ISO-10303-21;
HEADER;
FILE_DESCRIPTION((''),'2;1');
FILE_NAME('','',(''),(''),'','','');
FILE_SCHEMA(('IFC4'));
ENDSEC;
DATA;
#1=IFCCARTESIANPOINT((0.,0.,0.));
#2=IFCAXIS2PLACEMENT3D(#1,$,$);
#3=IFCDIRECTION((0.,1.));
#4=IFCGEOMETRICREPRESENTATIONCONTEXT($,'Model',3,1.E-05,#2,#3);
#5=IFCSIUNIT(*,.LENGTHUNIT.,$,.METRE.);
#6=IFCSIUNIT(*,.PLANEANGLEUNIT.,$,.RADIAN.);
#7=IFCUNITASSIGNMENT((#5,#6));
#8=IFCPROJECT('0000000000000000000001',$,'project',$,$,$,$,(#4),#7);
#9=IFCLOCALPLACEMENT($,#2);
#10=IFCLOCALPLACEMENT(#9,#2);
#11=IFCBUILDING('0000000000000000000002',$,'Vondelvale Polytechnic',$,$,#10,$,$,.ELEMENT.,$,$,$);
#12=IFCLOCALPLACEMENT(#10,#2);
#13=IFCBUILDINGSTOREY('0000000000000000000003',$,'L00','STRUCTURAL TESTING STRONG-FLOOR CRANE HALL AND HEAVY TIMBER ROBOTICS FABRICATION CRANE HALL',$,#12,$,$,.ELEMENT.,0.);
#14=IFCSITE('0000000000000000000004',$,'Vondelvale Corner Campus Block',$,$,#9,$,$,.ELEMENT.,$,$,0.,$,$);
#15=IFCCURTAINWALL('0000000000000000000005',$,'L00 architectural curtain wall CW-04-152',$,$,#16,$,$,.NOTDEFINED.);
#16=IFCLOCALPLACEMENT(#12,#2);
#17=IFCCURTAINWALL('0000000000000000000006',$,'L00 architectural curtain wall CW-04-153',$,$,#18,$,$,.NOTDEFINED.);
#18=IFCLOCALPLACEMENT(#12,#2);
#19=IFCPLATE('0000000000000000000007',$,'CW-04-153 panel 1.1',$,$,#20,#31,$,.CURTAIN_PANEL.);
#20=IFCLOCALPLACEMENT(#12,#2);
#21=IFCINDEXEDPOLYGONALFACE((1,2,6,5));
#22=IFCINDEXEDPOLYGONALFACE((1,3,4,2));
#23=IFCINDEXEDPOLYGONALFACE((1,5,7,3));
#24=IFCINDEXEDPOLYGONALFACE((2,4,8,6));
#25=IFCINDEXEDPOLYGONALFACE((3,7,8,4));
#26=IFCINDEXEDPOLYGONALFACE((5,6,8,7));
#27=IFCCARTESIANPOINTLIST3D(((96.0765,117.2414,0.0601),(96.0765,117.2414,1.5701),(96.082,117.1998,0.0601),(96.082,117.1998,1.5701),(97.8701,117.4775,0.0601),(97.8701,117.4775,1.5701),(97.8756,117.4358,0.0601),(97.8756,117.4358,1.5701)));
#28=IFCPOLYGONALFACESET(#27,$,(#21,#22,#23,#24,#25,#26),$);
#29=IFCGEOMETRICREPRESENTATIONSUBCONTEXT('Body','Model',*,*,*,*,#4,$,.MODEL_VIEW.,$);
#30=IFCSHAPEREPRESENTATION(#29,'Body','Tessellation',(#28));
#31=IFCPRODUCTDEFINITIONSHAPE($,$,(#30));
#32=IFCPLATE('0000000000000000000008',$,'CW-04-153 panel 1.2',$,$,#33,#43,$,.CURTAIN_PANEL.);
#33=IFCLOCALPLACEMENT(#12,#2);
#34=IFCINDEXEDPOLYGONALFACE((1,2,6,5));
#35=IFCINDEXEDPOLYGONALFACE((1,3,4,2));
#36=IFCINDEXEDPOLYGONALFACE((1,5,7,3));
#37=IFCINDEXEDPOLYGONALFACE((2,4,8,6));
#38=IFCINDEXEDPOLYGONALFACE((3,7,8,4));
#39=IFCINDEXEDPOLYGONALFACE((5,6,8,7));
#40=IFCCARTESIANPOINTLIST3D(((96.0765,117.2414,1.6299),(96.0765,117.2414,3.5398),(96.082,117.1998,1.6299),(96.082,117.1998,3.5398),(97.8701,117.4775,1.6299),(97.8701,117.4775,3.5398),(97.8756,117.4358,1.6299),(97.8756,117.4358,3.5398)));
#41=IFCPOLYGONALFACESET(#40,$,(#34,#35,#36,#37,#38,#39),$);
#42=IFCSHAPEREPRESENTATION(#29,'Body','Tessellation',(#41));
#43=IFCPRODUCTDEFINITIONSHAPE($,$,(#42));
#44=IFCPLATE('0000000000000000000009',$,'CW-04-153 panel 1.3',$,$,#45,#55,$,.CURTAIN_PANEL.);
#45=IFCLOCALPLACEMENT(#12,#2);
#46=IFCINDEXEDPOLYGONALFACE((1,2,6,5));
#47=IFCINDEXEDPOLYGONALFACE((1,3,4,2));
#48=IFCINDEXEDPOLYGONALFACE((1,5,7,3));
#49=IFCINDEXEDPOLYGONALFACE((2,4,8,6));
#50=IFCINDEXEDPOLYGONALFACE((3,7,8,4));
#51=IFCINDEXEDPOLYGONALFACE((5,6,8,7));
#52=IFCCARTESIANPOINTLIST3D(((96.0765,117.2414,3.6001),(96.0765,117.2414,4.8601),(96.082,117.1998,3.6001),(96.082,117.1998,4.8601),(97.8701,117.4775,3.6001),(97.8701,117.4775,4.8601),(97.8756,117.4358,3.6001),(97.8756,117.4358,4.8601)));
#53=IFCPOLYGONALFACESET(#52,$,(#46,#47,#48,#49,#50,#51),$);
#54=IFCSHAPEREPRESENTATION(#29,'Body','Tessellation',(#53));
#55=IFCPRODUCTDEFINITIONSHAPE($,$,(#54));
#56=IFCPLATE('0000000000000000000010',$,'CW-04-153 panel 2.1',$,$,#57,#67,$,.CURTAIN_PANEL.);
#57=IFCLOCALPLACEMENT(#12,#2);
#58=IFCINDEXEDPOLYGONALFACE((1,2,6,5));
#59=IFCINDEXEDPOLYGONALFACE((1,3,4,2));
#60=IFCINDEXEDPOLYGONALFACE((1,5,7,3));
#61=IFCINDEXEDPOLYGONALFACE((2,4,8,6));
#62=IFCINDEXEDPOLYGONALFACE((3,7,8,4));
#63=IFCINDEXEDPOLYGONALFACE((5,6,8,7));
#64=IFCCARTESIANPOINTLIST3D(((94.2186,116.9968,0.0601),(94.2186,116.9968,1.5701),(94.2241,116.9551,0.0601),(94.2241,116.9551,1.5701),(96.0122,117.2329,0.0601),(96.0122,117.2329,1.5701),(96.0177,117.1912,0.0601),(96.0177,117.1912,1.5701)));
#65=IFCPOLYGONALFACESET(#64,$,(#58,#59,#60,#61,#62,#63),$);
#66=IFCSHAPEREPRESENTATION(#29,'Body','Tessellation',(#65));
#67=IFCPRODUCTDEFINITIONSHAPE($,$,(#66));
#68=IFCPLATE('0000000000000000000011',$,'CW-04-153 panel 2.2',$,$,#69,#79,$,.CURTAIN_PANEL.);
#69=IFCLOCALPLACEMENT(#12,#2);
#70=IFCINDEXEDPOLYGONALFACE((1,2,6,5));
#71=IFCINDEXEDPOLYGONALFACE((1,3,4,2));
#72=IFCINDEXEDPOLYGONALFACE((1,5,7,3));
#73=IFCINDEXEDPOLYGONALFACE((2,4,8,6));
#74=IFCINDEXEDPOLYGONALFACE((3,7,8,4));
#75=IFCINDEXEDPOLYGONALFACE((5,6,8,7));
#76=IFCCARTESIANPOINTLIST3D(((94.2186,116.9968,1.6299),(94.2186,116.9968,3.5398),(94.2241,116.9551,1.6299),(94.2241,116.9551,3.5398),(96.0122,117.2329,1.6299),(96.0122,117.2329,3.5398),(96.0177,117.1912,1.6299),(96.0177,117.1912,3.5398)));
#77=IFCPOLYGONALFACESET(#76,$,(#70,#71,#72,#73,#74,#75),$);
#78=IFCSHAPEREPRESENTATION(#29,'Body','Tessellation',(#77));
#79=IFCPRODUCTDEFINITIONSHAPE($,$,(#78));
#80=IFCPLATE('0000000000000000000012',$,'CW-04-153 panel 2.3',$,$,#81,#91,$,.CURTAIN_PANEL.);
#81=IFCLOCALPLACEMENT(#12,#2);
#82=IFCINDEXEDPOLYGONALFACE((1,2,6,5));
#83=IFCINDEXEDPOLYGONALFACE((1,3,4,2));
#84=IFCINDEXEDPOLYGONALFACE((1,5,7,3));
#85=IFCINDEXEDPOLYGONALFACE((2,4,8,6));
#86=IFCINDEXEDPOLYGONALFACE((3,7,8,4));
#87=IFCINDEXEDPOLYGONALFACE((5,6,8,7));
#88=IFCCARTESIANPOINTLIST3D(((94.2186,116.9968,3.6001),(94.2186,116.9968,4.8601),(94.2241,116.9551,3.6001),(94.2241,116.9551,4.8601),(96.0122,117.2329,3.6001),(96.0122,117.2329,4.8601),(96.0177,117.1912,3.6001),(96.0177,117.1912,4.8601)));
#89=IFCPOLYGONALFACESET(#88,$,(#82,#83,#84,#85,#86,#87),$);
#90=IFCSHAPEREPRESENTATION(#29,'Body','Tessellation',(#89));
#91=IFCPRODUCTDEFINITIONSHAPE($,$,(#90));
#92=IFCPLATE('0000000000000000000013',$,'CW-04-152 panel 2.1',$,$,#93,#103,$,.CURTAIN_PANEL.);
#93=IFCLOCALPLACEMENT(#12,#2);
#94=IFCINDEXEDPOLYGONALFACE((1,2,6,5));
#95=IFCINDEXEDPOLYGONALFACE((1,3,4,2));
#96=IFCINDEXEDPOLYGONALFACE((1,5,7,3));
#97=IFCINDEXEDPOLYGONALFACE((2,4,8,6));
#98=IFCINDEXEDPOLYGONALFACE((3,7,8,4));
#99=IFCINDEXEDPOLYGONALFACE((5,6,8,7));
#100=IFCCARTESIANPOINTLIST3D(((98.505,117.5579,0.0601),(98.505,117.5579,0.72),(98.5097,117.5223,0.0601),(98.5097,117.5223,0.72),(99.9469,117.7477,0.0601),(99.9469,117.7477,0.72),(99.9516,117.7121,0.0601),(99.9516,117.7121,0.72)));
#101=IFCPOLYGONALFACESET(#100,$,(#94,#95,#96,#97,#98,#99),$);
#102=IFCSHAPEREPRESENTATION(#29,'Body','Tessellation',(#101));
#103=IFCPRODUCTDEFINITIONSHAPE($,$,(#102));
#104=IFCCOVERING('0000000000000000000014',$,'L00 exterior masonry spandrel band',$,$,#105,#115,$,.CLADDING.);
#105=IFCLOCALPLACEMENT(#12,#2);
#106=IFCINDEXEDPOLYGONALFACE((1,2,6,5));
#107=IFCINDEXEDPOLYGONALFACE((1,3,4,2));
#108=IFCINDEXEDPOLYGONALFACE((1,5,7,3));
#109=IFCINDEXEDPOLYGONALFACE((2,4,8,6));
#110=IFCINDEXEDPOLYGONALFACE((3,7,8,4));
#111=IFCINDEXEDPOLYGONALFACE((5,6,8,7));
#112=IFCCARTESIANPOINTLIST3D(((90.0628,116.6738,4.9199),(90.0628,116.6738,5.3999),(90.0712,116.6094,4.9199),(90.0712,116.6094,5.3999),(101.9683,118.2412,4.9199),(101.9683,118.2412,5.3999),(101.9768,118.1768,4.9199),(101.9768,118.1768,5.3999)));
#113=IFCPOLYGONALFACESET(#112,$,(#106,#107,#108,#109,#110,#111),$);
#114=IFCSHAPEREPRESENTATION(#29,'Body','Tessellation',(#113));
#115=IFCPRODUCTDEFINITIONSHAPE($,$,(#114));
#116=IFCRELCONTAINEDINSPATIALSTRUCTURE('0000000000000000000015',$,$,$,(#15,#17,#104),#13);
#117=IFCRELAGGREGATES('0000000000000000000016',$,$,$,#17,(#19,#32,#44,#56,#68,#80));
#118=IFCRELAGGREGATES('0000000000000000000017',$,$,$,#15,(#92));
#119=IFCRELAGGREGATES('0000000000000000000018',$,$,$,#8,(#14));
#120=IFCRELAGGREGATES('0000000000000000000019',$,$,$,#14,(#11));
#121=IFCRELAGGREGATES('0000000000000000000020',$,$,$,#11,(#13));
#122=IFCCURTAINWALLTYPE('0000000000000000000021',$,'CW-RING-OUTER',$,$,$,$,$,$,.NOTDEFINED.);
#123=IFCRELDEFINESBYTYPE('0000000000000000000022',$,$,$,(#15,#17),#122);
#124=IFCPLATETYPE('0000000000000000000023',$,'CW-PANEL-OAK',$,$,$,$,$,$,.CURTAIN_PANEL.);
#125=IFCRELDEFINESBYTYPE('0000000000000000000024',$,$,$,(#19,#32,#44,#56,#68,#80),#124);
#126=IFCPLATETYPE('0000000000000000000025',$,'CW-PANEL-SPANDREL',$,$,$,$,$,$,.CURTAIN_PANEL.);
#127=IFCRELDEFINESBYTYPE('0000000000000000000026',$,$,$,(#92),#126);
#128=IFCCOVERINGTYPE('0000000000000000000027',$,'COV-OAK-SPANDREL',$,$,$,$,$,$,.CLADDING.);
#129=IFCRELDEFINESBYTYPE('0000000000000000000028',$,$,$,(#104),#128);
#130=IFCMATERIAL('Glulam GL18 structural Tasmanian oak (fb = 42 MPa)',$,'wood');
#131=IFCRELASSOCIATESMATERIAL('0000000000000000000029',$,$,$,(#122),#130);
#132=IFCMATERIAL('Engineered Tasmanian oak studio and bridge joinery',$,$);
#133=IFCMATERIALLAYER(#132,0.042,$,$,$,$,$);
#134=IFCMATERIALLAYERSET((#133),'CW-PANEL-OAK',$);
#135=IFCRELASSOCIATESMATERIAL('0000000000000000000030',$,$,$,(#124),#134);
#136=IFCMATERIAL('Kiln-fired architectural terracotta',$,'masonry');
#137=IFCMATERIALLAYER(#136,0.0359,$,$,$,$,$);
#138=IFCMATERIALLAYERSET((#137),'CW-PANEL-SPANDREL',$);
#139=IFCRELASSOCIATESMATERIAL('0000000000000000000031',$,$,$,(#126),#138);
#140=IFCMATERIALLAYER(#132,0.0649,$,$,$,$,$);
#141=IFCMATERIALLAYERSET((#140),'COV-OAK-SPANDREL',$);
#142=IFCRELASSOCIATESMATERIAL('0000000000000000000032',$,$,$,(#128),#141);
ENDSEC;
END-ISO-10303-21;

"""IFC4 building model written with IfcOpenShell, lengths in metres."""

from ifc_helpers import new_model, si_unit, direction, frame, origin, origin_2d, place, context, subcontext, project, spatial, rectangle, extrude, material, layer, layer_set, type_object, element, aggregate, save


model = new_model("IFC4")

# Units and contexts
model_context = context("Model", 3, precision=1e-05, world=origin(), true_north=direction((0.0, 1.0)))
body_context = subcontext(model_context, "Body", "Model", "MODEL_VIEW")
ifc_project = project(units=[si_unit("LENGTHUNIT", "METRE"), si_unit("PLANEANGLEUNIT", "RADIAN")], contexts=[model_context])

# Site, building, storey
site_placement = place(None, origin())
site = spatial("IfcSite", under=ifc_project, at=site_placement, Name="Vondelvale Corner Campus Block", CompositionType="ELEMENT", RefElevation=0.0)
building_placement = place(site_placement, origin())
building = spatial("IfcBuilding", under=site, at=building_placement, Name="Vondelvale Polytechnic", CompositionType="ELEMENT")
storey_placement = place(building_placement, origin())
storey = spatial("IfcBuildingStorey", under=building, at=storey_placement, Name="L00", Description="STRUCTURAL TESTING STRONG-FLOOR CRANE HALL AND HEAVY TIMBER ROBOTICS FABRICATION CRANE HALL", CompositionType="ELEMENT", Elevation=0.0)

# Shared definitions
ifc_material_1 = material(Name="Glulam GL18 structural Tasmanian oak (fb = 42 MPa)", Category="wood")

# Curtain walls
curtain_wall_type = type_object("IfcCurtainWallType", Name="CW-RING-OUTER", PredefinedType="NOTDEFINED", material=ifc_material_1)
curtain_wall_1_placement = place(storey_placement, origin())
curtain_wall_1 = element("IfcCurtainWall", 1, at=curtain_wall_1_placement, inside=storey, type_object=curtain_wall_type, Name="L00 architectural curtain wall CW-04-152", PredefinedType="NOTDEFINED")
curtain_wall_2_placement = place(storey_placement, origin())
curtain_wall_2 = element("IfcCurtainWall", 2, at=curtain_wall_2_placement, inside=storey, type_object=curtain_wall_type, Name="L00 architectural curtain wall CW-04-153", PredefinedType="NOTDEFINED")

# Plates
ifc_material_2 = material(Name="Engineered Tasmanian oak studio and bridge joinery")
ifc_layer_1 = layer(ifc_material_2, 0.042)
ifc_layer_set_1 = layer_set([ifc_layer_1], Name="CW-PANEL-OAK")
plate_type_1 = type_object("IfcPlateType", Name="CW-PANEL-OAK", PredefinedType="CURTAIN_PANEL", material=ifc_layer_set_1)
plate_1_placement = place(storey_placement, frame((96.9761, 117.3386, 0.0601), z_axis=(0.0, 0.0, 1.0), x_axis=(-0.991449, -0.130497, 0.0)))
plate_1 = element("IfcPlate", 3, at=plate_1_placement, type_object=plate_type_1, Name="CW-04-153 panel 1.1", PredefinedType="CURTAIN_PANEL", context=body_context, shape_type="SweptSolid", body=[
    extrude(rectangle(XDim=1.8091, YDim=0.042, at=origin_2d()), origin(), (0.0, 0.0, 1.0), 1.51),
])
plate_2_placement = place(storey_placement, frame((96.9761, 117.3386, 1.6299), z_axis=(0.0, 0.0, 1.0), x_axis=(-0.991449, -0.130497, 0.0)))
plate_2 = element("IfcPlate", 4, at=plate_2_placement, type_object=plate_type_1, Name="CW-04-153 panel 1.2", PredefinedType="CURTAIN_PANEL", context=body_context, shape_type="SweptSolid", body=[
    extrude(rectangle(XDim=1.8091, YDim=0.042, at=origin_2d()), origin(), (0.0, 0.0, 1.0), 1.9099),
])
plate_3_placement = place(storey_placement, frame((96.9761, 117.3386, 3.6001), z_axis=(0.0, 0.0, 1.0), x_axis=(-0.991449, -0.130497, 0.0)))
plate_3 = element("IfcPlate", 5, at=plate_3_placement, type_object=plate_type_1, Name="CW-04-153 panel 1.3", PredefinedType="CURTAIN_PANEL", context=body_context, shape_type="SweptSolid", body=[
    extrude(rectangle(XDim=1.8091, YDim=0.042, at=origin_2d()), origin(), (0.0, 0.0, 1.0), 1.26),
])
plate_4_placement = place(storey_placement, frame((95.1182, 117.094, 0.0601), z_axis=(0.0, 0.0, 1.0), x_axis=(-0.991449, -0.130497, 0.0)))
plate_4 = element("IfcPlate", 6, at=plate_4_placement, type_object=plate_type_1, Name="CW-04-153 panel 2.1", PredefinedType="CURTAIN_PANEL", context=body_context, shape_type="SweptSolid", body=[
    extrude(rectangle(XDim=1.8091, YDim=0.042, at=origin_2d()), origin(), (0.0, 0.0, 1.0), 1.51),
])
plate_5_placement = place(storey_placement, frame((95.1182, 117.094, 1.6299), z_axis=(0.0, 0.0, 1.0), x_axis=(-0.991449, -0.130497, 0.0)))
plate_5 = element("IfcPlate", 7, at=plate_5_placement, type_object=plate_type_1, Name="CW-04-153 panel 2.2", PredefinedType="CURTAIN_PANEL", context=body_context, shape_type="SweptSolid", body=[
    extrude(rectangle(XDim=1.8091, YDim=0.042, at=origin_2d()), origin(), (0.0, 0.0, 1.0), 1.9099),
])
plate_6_placement = place(storey_placement, frame((95.1182, 117.094, 3.6001), z_axis=(0.0, 0.0, 1.0), x_axis=(-0.991449, -0.130497, 0.0)))
plate_6 = element("IfcPlate", 8, at=plate_6_placement, type_object=plate_type_1, Name="CW-04-153 panel 2.3", PredefinedType="CURTAIN_PANEL", context=body_context, shape_type="SweptSolid", body=[
    extrude(rectangle(XDim=1.8091, YDim=0.042, at=origin_2d()), origin(), (0.0, 0.0, 1.0), 1.26),
])
aggregate(curtain_wall_2, [plate_1, plate_2, plate_3, plate_4, plate_5, plate_6])
ifc_material_3 = material(Name="Kiln-fired architectural terracotta", Category="masonry")
ifc_layer_2 = layer(ifc_material_3, 0.0359)
ifc_layer_set_2 = layer_set([ifc_layer_2], Name="CW-PANEL-SPANDREL")
plate_type_2 = type_object("IfcPlateType", Name="CW-PANEL-SPANDREL", PredefinedType="CURTAIN_PANEL", material=ifc_layer_set_2)
plate_7_placement = place(storey_placement, frame((99.2283, 117.635, 0.0601), z_axis=(0.0, 0.0, 1.0), x_axis=(-0.991445, -0.130524, 0.0)))
plate_7 = element("IfcPlate", 9, at=plate_7_placement, type_object=plate_type_2, Name="CW-04-152 panel 2.1", PredefinedType="CURTAIN_PANEL", context=body_context, shape_type="SweptSolid", body=[
    extrude(rectangle(XDim=1.4543, YDim=0.0359, at=origin_2d()), origin(), (0.0, 0.0, 1.0), 0.6599),
])
aggregate(curtain_wall_1, [plate_7])

# Covering
ifc_layer_3 = layer(ifc_material_2, 0.0649)
ifc_layer_set_3 = layer_set([ifc_layer_3], Name="COV-OAK-SPANDREL")
covering_type = type_object("IfcCoveringType", Name="COV-OAK-SPANDREL", PredefinedType="CLADDING", material=ifc_layer_set_3)
covering_placement = place(storey_placement, frame((96.0198, 117.4253, 4.9199), z_axis=(0.0, 0.0, 1.0), x_axis=(-0.991445, -0.130526, 0.0)))
element("IfcCovering", 10, at=covering_placement, inside=storey, type_object=covering_type, Name="L00 exterior masonry spandrel band", PredefinedType="CLADDING", context=body_context, shape_type="SweptSolid", body=[
    extrude(rectangle(XDim=12.0083, YDim=0.0649, at=origin_2d()), origin(), (0.0, 0.0, 1.0), 0.48),
])

save(model, "model.ifc")
